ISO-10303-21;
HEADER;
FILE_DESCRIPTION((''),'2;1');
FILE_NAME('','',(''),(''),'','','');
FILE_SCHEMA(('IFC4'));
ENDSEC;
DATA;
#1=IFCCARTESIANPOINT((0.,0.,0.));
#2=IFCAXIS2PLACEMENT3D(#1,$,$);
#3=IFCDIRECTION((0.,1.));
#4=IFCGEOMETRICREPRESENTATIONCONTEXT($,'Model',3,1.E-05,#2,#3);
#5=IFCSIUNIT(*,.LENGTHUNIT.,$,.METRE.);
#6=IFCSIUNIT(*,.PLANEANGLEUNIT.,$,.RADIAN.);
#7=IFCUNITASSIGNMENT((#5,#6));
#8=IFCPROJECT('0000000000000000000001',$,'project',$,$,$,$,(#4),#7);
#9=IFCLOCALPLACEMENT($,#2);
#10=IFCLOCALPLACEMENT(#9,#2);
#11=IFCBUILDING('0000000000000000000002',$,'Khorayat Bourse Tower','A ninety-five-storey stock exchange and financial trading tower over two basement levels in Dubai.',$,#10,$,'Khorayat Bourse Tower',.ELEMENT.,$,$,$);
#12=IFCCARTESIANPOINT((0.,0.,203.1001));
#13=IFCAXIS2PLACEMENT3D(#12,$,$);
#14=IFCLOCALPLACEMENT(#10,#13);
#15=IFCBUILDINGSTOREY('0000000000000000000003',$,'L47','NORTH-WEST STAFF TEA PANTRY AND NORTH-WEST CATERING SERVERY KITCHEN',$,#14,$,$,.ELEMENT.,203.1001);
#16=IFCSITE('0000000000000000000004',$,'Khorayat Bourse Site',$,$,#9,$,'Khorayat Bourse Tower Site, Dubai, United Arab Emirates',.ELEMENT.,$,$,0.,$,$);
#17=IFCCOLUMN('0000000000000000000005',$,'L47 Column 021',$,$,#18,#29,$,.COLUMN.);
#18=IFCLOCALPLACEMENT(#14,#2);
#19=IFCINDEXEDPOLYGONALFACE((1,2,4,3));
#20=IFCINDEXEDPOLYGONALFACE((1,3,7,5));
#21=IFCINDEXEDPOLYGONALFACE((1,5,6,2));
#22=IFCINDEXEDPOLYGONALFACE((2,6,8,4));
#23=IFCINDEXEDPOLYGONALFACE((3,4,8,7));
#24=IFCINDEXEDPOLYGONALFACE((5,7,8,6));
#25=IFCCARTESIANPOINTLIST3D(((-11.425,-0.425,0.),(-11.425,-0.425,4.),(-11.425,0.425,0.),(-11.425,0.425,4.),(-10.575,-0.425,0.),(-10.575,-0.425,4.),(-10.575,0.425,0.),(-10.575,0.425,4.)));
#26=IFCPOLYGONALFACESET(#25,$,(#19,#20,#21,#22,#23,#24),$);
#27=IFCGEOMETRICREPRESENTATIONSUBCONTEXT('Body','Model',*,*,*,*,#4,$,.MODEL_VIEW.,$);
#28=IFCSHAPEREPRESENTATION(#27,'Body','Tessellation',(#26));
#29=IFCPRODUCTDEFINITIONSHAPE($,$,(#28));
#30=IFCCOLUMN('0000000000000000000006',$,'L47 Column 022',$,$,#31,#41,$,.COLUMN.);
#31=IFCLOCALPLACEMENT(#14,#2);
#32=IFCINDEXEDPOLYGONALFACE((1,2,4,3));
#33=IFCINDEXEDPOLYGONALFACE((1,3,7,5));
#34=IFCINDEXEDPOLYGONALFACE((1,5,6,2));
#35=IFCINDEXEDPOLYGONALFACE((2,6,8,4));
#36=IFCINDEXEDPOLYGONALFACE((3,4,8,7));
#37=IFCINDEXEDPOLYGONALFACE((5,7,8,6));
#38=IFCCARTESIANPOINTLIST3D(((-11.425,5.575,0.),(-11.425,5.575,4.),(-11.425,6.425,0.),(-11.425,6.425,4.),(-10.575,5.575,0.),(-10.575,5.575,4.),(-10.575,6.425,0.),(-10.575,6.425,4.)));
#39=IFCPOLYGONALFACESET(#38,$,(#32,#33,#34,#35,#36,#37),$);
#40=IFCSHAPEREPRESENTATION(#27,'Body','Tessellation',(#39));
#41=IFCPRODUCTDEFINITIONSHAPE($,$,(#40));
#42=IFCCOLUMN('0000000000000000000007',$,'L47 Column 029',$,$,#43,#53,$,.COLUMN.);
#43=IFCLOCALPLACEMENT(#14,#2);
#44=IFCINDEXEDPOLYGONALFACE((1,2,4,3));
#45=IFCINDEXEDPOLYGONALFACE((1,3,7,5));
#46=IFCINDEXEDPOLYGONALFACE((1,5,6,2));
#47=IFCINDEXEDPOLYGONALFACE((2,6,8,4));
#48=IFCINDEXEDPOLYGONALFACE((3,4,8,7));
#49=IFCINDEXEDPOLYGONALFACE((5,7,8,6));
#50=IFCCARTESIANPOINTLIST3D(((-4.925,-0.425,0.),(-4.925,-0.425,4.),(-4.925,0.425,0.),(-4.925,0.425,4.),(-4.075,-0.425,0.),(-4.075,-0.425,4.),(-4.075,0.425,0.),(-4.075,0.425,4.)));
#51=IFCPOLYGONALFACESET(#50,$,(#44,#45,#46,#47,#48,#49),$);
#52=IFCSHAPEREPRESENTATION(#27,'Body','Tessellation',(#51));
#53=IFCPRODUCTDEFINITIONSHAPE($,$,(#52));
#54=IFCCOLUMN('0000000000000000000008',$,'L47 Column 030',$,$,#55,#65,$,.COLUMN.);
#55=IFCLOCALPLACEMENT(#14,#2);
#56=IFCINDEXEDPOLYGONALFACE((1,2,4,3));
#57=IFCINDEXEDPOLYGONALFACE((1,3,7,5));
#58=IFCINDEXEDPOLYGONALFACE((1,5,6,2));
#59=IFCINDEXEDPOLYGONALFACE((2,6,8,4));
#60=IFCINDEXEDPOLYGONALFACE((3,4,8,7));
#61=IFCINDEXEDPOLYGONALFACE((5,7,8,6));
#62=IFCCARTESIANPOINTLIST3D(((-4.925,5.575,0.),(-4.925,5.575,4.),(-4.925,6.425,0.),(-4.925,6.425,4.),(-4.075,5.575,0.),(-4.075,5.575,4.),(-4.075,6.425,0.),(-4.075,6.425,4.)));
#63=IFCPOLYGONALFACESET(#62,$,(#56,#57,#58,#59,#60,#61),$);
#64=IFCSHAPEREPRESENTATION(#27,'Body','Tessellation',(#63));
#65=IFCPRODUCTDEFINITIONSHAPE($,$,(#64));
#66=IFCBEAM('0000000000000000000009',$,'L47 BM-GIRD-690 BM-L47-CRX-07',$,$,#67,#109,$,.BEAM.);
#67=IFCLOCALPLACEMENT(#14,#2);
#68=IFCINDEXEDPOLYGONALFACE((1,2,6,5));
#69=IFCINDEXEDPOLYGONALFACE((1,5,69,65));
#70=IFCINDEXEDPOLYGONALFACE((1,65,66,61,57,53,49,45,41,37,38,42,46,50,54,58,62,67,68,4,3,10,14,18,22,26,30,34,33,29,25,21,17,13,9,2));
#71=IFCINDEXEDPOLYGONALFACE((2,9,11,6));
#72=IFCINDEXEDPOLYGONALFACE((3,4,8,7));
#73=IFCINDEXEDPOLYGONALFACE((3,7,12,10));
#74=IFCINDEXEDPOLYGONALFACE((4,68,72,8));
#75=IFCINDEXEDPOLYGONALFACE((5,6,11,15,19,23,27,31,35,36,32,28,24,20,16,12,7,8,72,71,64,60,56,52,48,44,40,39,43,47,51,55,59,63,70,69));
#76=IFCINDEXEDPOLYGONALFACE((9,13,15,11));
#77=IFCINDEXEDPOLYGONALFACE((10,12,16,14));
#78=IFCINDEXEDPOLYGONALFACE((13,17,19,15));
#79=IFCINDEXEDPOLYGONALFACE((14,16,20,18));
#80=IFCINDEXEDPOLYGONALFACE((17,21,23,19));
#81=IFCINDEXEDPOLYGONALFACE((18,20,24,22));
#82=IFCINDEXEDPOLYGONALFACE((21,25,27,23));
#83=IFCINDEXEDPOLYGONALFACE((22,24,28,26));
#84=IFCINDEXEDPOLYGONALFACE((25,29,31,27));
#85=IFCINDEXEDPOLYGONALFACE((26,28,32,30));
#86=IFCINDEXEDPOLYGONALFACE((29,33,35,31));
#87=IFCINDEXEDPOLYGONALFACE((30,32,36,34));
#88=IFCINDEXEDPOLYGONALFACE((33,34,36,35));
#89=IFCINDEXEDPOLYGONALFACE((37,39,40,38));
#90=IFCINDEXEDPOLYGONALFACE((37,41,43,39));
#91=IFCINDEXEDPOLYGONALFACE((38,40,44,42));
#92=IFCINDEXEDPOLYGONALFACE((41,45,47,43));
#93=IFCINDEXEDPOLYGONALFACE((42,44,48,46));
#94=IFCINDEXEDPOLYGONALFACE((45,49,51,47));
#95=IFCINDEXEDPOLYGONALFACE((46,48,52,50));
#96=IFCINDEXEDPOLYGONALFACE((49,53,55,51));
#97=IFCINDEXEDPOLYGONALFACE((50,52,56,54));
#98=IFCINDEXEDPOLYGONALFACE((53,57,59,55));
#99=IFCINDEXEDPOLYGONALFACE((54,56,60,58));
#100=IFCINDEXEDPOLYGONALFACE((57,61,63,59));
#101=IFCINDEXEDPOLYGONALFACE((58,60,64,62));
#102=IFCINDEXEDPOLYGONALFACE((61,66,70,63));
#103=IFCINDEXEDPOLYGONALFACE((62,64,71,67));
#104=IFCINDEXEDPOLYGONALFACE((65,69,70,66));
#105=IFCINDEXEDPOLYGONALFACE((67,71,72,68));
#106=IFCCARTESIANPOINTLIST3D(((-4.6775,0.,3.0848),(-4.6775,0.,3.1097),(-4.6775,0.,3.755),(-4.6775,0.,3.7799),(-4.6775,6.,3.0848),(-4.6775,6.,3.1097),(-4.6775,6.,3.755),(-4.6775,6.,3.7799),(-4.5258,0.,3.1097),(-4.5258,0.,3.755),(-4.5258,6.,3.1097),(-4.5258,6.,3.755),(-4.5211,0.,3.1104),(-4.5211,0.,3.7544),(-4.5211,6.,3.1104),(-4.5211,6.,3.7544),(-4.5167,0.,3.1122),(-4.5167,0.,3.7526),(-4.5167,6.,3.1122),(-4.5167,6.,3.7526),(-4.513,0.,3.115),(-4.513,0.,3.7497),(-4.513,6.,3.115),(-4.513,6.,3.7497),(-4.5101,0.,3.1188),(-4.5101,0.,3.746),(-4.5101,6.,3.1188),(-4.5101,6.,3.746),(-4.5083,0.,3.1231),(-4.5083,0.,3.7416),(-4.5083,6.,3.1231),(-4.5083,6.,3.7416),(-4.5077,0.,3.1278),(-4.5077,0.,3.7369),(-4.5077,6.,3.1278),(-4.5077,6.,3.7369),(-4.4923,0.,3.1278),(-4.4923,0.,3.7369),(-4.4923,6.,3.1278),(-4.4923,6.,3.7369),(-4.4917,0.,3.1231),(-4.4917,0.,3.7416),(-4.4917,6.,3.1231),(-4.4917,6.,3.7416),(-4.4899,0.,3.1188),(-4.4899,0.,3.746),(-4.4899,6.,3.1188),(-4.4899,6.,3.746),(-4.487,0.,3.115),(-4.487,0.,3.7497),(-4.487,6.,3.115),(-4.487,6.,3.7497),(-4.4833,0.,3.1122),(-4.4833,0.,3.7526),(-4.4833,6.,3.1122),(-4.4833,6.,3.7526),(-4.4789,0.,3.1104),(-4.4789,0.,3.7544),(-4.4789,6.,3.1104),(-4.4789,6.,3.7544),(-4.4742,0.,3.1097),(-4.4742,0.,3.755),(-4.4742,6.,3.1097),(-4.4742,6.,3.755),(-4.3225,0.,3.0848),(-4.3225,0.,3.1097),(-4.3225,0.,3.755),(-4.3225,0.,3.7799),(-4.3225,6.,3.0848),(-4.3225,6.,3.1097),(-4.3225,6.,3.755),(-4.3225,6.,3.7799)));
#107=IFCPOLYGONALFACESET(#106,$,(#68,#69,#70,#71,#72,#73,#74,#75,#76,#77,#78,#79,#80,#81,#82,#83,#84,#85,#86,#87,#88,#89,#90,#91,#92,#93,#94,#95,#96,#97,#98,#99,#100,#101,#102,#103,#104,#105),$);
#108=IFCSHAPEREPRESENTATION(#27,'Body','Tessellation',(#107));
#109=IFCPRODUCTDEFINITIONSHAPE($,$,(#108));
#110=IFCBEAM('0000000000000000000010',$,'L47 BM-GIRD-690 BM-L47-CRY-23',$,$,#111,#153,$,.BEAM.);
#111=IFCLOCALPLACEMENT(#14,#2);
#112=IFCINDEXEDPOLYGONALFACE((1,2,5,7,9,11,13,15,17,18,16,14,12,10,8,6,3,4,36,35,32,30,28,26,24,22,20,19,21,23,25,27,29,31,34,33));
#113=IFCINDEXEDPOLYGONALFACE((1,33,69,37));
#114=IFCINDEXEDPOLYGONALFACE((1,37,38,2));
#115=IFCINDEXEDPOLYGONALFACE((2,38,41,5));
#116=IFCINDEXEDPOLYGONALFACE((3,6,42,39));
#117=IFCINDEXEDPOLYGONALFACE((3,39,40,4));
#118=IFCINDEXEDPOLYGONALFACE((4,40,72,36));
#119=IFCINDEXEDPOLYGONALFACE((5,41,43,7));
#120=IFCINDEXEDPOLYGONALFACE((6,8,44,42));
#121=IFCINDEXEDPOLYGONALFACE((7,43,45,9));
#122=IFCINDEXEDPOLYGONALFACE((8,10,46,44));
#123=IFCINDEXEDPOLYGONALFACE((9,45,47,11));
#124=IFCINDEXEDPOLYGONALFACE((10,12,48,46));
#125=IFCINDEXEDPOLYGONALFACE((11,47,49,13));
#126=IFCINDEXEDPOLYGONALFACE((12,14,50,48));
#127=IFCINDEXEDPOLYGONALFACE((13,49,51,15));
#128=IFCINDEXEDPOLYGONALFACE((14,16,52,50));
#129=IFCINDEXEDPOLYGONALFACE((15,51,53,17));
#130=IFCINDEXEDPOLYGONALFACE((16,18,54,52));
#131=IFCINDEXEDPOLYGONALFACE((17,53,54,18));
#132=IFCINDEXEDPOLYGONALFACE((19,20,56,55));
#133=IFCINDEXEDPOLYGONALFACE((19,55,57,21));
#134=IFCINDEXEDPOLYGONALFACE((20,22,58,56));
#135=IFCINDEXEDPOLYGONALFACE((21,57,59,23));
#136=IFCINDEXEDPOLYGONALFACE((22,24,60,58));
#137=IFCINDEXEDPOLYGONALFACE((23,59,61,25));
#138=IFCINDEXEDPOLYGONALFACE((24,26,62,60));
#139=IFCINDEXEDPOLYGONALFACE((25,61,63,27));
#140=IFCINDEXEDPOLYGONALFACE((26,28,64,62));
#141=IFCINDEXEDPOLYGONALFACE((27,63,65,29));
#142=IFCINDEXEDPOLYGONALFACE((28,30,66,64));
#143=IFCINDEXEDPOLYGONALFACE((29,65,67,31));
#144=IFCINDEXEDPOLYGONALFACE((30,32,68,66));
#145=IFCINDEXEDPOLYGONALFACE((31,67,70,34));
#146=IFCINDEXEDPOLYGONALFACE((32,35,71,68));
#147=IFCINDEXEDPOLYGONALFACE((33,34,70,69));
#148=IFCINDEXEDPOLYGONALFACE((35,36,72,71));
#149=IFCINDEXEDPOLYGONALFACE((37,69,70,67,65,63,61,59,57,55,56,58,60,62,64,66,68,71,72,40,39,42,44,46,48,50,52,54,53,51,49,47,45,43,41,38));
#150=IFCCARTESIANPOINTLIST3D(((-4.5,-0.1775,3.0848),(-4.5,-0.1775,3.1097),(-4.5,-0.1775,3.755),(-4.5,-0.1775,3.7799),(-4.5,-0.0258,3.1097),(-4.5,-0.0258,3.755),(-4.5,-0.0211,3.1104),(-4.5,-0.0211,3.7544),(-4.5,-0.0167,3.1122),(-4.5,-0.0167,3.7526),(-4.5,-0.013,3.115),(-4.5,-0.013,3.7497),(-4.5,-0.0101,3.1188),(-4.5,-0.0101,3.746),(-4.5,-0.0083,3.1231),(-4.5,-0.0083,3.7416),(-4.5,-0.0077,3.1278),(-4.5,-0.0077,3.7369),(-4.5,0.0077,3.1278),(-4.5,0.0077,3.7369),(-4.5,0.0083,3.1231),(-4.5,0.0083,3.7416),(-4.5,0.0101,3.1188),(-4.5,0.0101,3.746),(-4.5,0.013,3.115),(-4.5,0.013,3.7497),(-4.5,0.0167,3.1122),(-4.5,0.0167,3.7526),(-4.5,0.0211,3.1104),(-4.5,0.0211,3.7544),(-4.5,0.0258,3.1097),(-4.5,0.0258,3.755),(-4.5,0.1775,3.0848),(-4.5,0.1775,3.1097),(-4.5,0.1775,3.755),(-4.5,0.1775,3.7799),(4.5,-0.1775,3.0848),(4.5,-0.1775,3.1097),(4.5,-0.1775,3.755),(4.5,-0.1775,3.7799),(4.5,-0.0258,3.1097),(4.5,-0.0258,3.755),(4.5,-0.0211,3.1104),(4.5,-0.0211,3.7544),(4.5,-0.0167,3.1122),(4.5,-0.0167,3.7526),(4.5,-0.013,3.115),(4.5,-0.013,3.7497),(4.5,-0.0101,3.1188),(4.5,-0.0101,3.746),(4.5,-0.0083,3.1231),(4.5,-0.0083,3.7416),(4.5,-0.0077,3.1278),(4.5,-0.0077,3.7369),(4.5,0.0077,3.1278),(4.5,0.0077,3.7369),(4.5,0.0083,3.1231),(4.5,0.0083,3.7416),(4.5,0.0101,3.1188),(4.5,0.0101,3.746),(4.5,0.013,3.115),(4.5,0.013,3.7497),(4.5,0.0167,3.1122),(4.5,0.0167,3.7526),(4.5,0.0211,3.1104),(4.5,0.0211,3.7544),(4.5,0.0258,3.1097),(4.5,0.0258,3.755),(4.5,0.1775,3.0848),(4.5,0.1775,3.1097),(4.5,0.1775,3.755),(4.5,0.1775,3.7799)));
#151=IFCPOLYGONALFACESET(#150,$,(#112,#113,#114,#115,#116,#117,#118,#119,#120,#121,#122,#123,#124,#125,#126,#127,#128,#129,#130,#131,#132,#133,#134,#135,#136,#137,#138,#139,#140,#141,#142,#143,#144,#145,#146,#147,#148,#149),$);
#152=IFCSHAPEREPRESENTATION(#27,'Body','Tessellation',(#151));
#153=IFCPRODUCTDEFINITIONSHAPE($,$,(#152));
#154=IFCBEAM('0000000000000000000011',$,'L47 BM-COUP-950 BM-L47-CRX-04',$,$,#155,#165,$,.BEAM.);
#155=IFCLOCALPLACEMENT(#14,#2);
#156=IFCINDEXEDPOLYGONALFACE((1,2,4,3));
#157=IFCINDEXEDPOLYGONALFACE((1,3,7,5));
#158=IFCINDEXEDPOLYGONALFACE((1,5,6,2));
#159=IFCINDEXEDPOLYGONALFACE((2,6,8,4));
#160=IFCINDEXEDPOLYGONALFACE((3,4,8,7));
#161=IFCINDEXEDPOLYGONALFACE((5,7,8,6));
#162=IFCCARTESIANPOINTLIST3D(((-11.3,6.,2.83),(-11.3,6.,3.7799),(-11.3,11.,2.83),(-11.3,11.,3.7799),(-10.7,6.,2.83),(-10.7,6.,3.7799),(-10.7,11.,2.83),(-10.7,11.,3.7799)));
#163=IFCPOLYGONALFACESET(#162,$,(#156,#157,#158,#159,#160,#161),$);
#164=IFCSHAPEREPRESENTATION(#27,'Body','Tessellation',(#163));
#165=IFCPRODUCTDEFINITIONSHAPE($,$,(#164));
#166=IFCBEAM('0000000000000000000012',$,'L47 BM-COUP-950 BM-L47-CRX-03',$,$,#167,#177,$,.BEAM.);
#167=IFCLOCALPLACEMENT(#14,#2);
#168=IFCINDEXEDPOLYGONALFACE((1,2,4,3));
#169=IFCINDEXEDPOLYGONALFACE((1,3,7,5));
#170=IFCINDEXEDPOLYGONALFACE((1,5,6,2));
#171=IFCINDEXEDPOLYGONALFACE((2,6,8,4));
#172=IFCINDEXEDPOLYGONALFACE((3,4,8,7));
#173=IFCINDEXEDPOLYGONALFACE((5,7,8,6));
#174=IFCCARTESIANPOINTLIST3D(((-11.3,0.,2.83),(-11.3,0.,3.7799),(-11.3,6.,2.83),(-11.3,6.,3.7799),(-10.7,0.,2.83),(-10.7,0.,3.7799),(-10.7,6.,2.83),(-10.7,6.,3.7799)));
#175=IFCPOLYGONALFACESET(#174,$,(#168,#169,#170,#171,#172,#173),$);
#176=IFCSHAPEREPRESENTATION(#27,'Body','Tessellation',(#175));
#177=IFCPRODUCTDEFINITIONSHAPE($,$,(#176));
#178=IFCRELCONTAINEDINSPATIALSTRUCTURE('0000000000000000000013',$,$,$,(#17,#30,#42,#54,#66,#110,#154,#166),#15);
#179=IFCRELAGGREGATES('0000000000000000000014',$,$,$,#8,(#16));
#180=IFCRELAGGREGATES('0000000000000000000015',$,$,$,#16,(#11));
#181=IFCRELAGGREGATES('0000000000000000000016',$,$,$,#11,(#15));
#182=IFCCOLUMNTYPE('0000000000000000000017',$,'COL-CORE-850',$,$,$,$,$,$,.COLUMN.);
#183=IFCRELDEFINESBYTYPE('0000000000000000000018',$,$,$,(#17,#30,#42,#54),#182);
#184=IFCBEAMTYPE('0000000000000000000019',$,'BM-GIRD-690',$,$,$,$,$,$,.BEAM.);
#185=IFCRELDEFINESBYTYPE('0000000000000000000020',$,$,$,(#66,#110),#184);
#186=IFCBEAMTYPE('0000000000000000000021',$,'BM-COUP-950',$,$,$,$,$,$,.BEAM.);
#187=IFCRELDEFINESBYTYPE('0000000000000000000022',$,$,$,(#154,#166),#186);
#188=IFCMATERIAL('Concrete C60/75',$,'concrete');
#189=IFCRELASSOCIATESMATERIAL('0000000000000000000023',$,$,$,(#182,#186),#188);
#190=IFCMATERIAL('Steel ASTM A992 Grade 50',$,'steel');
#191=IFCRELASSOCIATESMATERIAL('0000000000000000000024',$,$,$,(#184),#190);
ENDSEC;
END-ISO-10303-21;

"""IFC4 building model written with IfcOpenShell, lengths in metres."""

from ifc_helpers import new_model, si_unit, direction, frame, origin, origin_2d, place, context, subcontext, project, spatial, rectangle, i_section, extrude, source, transform, mapped, material, material_profile, profile_set, type_object, element, save


model = new_model("IFC4")

# Units and contexts
model_context = context("Model", 3, precision=1e-05, world=origin(), true_north=direction((0.0, 1.0)))
body_context = subcontext(model_context, "Body", "Model", "MODEL_VIEW")
ifc_project = project(units=[si_unit("LENGTHUNIT", "METRE"), si_unit("PLANEANGLEUNIT", "RADIAN")], contexts=[model_context])

# Site, building, storey
site_placement = place(None, origin())
site = spatial("IfcSite", under=ifc_project, at=site_placement, Name="Khorayat Bourse Site", LongName="Khorayat Bourse Tower Site, Dubai, United Arab Emirates", CompositionType="ELEMENT", RefElevation=0.0)
building_placement = place(site_placement, origin())
building = spatial("IfcBuilding", under=site, at=building_placement, Name="Khorayat Bourse Tower", Description="A ninety-five-storey stock exchange and financial trading tower over two basement levels in Dubai.", LongName="Khorayat Bourse Tower", CompositionType="ELEMENT")
storey_placement = place(building_placement, frame((0.0, 0.0, 203.1001)))
storey = spatial("IfcBuildingStorey", under=building, at=storey_placement, Name="L47", Description="NORTH-WEST STAFF TEA PANTRY AND NORTH-WEST CATERING SERVERY KITCHEN", CompositionType="ELEMENT", Elevation=203.1001)

# Columns
ifc_material_1 = material(Name="Concrete C60/75", Category="concrete")
ifc_material_profile_1 = material_profile(ifc_material_1, rectangle(XDim=0.8501, YDim=0.8501, at=origin_2d()), Name="RC 850x850")
ifc_profile_set_1 = profile_set([ifc_material_profile_1], Name="Concrete C60/75")
column_type = type_object("IfcColumnType", Name="COL-CORE-850", PredefinedType="COLUMN", material=ifc_profile_set_1)
shared_shape_1 = source(origin(), body_context, "Body", "SweptSolid", [
    extrude(rectangle(XDim=0.8501, YDim=0.8501, at=origin_2d()), origin(), (0.0, 0.0, 1.0), 4.0),
])
for number, where, z_axis, x_axis, name in (
    (1, (-11.0, 0.0, 0.0), (0.0, 0.0, 1.0), (1.0, 0.0, 0.0), "L47 Column 021"),
    (2, (-11.0, 6.0, 0.0), (0.0, 0.0, 1.0), (1.0, 0.0, 0.0), "L47 Column 022"),
    (3, (-4.5, 0.0, 0.0), (0.0, 0.0, 1.0), (1.0, 0.0, 0.0), "L47 Column 029"),
    (4, (-4.5, 6.0, 0.0), (0.0, 0.0, 1.0), (1.0, 0.0, 0.0), "L47 Column 030"),
):
    element("IfcColumn", number, at=place(storey_placement, frame(where, z_axis=z_axis, x_axis=x_axis)), inside=storey, type_object=column_type, Name=name, PredefinedType="COLUMN", context=body_context, shape_type="MappedRepresentation", body=[
        mapped(shared_shape_1, transform((0.0, 0.0, 0.0), scale=1.0)),
    ])

# Beams
ifc_material_2 = material(Name="Steel ASTM A992 Grade 50", Category="steel")
ifc_material_profile_2 = material_profile(ifc_material_2, i_section(OverallWidth=0.355, OverallDepth=0.6951, WebThickness=0.0154, FlangeThickness=0.0249, FilletRadius=0.0181, at=origin_2d()), Name="W690X217")
ifc_profile_set_2 = profile_set([ifc_material_profile_2], Name="Steel ASTM A992 Grade 50")
beam_type_1 = type_object("IfcBeamType", Name="BM-GIRD-690", PredefinedType="BEAM", material=ifc_profile_set_2)
shared_shape_2 = source(origin(), body_context, "Body", "SweptSolid", [
    extrude(i_section(OverallWidth=0.355, OverallDepth=0.6951, WebThickness=0.0154, FlangeThickness=0.0249, FilletRadius=0.0181, at=origin_2d()), origin(), (0.0, 0.0, 1.0), 6.0),
])
beam_1_placement = place(storey_placement, frame((-4.5, 0.0, 3.4324), z_axis=(0.0, 1.0, 0.0), x_axis=(-1.0, 0.0, 0.0)))
element("IfcBeam", 5, at=beam_1_placement, inside=storey, type_object=beam_type_1, Name="L47 BM-GIRD-690 BM-L47-CRX-07", PredefinedType="BEAM", context=body_context, shape_type="MappedRepresentation", body=[
    mapped(shared_shape_2, transform((0.0, 0.0, 0.0), scale=1.0)),
])
shared_shape_3 = source(origin(), body_context, "Body", "SweptSolid", [
    extrude(i_section(OverallWidth=0.355, OverallDepth=0.6951, WebThickness=0.0154, FlangeThickness=0.0249, FilletRadius=0.0181, at=origin_2d()), origin(), (0.0, 0.0, 1.0), 9.0),
])
beam_2_placement = place(storey_placement, frame((-4.5, 0.0, 3.4324), z_axis=(1.0, 0.0, 0.0), x_axis=(0.0, 1.0, 0.0)))
element("IfcBeam", 6, at=beam_2_placement, inside=storey, type_object=beam_type_1, Name="L47 BM-GIRD-690 BM-L47-CRY-23", PredefinedType="BEAM", context=body_context, shape_type="MappedRepresentation", body=[
    mapped(shared_shape_3, transform((0.0, 0.0, 0.0), scale=1.0)),
])
ifc_material_profile_3 = material_profile(ifc_material_1, rectangle(XDim=0.6001, YDim=0.95, at=origin_2d()), Name="RC 600x950")
ifc_profile_set_3 = profile_set([ifc_material_profile_3], Name="Concrete C60/75")
beam_type_2 = type_object("IfcBeamType", Name="BM-COUP-950", PredefinedType="BEAM", material=ifc_profile_set_3)
shared_shape_4 = source(origin(), body_context, "Body", "SweptSolid", [
    extrude(rectangle(XDim=0.6001, YDim=0.95, at=origin_2d()), origin(), (0.0, 0.0, 1.0), 5.0),
])
beam_3_placement = place(storey_placement, frame((-11.0, 6.0, 3.3049), z_axis=(0.0, 1.0, 0.0), x_axis=(-1.0, 0.0, 0.0)))
element("IfcBeam", 7, at=beam_3_placement, inside=storey, type_object=beam_type_2, Name="L47 BM-COUP-950 BM-L47-CRX-04", PredefinedType="BEAM", context=body_context, shape_type="MappedRepresentation", body=[
    mapped(shared_shape_4, transform((0.0, 0.0, 0.0), scale=1.0)),
])
shared_shape_5 = source(origin(), body_context, "Body", "SweptSolid", [
    extrude(rectangle(XDim=0.6001, YDim=0.95, at=origin_2d()), origin(), (0.0, 0.0, 1.0), 6.0),
])
beam_4_placement = place(storey_placement, frame((-11.0, 0.0, 3.3049), z_axis=(0.0, 1.0, 0.0), x_axis=(-1.0, 0.0, 0.0)))
element("IfcBeam", 8, at=beam_4_placement, inside=storey, type_object=beam_type_2, Name="L47 BM-COUP-950 BM-L47-CRX-03", PredefinedType="BEAM", context=body_context, shape_type="MappedRepresentation", body=[
    mapped(shared_shape_5, transform((0.0, 0.0, 0.0), scale=1.0)),
])

save(model, "model.ifc")
